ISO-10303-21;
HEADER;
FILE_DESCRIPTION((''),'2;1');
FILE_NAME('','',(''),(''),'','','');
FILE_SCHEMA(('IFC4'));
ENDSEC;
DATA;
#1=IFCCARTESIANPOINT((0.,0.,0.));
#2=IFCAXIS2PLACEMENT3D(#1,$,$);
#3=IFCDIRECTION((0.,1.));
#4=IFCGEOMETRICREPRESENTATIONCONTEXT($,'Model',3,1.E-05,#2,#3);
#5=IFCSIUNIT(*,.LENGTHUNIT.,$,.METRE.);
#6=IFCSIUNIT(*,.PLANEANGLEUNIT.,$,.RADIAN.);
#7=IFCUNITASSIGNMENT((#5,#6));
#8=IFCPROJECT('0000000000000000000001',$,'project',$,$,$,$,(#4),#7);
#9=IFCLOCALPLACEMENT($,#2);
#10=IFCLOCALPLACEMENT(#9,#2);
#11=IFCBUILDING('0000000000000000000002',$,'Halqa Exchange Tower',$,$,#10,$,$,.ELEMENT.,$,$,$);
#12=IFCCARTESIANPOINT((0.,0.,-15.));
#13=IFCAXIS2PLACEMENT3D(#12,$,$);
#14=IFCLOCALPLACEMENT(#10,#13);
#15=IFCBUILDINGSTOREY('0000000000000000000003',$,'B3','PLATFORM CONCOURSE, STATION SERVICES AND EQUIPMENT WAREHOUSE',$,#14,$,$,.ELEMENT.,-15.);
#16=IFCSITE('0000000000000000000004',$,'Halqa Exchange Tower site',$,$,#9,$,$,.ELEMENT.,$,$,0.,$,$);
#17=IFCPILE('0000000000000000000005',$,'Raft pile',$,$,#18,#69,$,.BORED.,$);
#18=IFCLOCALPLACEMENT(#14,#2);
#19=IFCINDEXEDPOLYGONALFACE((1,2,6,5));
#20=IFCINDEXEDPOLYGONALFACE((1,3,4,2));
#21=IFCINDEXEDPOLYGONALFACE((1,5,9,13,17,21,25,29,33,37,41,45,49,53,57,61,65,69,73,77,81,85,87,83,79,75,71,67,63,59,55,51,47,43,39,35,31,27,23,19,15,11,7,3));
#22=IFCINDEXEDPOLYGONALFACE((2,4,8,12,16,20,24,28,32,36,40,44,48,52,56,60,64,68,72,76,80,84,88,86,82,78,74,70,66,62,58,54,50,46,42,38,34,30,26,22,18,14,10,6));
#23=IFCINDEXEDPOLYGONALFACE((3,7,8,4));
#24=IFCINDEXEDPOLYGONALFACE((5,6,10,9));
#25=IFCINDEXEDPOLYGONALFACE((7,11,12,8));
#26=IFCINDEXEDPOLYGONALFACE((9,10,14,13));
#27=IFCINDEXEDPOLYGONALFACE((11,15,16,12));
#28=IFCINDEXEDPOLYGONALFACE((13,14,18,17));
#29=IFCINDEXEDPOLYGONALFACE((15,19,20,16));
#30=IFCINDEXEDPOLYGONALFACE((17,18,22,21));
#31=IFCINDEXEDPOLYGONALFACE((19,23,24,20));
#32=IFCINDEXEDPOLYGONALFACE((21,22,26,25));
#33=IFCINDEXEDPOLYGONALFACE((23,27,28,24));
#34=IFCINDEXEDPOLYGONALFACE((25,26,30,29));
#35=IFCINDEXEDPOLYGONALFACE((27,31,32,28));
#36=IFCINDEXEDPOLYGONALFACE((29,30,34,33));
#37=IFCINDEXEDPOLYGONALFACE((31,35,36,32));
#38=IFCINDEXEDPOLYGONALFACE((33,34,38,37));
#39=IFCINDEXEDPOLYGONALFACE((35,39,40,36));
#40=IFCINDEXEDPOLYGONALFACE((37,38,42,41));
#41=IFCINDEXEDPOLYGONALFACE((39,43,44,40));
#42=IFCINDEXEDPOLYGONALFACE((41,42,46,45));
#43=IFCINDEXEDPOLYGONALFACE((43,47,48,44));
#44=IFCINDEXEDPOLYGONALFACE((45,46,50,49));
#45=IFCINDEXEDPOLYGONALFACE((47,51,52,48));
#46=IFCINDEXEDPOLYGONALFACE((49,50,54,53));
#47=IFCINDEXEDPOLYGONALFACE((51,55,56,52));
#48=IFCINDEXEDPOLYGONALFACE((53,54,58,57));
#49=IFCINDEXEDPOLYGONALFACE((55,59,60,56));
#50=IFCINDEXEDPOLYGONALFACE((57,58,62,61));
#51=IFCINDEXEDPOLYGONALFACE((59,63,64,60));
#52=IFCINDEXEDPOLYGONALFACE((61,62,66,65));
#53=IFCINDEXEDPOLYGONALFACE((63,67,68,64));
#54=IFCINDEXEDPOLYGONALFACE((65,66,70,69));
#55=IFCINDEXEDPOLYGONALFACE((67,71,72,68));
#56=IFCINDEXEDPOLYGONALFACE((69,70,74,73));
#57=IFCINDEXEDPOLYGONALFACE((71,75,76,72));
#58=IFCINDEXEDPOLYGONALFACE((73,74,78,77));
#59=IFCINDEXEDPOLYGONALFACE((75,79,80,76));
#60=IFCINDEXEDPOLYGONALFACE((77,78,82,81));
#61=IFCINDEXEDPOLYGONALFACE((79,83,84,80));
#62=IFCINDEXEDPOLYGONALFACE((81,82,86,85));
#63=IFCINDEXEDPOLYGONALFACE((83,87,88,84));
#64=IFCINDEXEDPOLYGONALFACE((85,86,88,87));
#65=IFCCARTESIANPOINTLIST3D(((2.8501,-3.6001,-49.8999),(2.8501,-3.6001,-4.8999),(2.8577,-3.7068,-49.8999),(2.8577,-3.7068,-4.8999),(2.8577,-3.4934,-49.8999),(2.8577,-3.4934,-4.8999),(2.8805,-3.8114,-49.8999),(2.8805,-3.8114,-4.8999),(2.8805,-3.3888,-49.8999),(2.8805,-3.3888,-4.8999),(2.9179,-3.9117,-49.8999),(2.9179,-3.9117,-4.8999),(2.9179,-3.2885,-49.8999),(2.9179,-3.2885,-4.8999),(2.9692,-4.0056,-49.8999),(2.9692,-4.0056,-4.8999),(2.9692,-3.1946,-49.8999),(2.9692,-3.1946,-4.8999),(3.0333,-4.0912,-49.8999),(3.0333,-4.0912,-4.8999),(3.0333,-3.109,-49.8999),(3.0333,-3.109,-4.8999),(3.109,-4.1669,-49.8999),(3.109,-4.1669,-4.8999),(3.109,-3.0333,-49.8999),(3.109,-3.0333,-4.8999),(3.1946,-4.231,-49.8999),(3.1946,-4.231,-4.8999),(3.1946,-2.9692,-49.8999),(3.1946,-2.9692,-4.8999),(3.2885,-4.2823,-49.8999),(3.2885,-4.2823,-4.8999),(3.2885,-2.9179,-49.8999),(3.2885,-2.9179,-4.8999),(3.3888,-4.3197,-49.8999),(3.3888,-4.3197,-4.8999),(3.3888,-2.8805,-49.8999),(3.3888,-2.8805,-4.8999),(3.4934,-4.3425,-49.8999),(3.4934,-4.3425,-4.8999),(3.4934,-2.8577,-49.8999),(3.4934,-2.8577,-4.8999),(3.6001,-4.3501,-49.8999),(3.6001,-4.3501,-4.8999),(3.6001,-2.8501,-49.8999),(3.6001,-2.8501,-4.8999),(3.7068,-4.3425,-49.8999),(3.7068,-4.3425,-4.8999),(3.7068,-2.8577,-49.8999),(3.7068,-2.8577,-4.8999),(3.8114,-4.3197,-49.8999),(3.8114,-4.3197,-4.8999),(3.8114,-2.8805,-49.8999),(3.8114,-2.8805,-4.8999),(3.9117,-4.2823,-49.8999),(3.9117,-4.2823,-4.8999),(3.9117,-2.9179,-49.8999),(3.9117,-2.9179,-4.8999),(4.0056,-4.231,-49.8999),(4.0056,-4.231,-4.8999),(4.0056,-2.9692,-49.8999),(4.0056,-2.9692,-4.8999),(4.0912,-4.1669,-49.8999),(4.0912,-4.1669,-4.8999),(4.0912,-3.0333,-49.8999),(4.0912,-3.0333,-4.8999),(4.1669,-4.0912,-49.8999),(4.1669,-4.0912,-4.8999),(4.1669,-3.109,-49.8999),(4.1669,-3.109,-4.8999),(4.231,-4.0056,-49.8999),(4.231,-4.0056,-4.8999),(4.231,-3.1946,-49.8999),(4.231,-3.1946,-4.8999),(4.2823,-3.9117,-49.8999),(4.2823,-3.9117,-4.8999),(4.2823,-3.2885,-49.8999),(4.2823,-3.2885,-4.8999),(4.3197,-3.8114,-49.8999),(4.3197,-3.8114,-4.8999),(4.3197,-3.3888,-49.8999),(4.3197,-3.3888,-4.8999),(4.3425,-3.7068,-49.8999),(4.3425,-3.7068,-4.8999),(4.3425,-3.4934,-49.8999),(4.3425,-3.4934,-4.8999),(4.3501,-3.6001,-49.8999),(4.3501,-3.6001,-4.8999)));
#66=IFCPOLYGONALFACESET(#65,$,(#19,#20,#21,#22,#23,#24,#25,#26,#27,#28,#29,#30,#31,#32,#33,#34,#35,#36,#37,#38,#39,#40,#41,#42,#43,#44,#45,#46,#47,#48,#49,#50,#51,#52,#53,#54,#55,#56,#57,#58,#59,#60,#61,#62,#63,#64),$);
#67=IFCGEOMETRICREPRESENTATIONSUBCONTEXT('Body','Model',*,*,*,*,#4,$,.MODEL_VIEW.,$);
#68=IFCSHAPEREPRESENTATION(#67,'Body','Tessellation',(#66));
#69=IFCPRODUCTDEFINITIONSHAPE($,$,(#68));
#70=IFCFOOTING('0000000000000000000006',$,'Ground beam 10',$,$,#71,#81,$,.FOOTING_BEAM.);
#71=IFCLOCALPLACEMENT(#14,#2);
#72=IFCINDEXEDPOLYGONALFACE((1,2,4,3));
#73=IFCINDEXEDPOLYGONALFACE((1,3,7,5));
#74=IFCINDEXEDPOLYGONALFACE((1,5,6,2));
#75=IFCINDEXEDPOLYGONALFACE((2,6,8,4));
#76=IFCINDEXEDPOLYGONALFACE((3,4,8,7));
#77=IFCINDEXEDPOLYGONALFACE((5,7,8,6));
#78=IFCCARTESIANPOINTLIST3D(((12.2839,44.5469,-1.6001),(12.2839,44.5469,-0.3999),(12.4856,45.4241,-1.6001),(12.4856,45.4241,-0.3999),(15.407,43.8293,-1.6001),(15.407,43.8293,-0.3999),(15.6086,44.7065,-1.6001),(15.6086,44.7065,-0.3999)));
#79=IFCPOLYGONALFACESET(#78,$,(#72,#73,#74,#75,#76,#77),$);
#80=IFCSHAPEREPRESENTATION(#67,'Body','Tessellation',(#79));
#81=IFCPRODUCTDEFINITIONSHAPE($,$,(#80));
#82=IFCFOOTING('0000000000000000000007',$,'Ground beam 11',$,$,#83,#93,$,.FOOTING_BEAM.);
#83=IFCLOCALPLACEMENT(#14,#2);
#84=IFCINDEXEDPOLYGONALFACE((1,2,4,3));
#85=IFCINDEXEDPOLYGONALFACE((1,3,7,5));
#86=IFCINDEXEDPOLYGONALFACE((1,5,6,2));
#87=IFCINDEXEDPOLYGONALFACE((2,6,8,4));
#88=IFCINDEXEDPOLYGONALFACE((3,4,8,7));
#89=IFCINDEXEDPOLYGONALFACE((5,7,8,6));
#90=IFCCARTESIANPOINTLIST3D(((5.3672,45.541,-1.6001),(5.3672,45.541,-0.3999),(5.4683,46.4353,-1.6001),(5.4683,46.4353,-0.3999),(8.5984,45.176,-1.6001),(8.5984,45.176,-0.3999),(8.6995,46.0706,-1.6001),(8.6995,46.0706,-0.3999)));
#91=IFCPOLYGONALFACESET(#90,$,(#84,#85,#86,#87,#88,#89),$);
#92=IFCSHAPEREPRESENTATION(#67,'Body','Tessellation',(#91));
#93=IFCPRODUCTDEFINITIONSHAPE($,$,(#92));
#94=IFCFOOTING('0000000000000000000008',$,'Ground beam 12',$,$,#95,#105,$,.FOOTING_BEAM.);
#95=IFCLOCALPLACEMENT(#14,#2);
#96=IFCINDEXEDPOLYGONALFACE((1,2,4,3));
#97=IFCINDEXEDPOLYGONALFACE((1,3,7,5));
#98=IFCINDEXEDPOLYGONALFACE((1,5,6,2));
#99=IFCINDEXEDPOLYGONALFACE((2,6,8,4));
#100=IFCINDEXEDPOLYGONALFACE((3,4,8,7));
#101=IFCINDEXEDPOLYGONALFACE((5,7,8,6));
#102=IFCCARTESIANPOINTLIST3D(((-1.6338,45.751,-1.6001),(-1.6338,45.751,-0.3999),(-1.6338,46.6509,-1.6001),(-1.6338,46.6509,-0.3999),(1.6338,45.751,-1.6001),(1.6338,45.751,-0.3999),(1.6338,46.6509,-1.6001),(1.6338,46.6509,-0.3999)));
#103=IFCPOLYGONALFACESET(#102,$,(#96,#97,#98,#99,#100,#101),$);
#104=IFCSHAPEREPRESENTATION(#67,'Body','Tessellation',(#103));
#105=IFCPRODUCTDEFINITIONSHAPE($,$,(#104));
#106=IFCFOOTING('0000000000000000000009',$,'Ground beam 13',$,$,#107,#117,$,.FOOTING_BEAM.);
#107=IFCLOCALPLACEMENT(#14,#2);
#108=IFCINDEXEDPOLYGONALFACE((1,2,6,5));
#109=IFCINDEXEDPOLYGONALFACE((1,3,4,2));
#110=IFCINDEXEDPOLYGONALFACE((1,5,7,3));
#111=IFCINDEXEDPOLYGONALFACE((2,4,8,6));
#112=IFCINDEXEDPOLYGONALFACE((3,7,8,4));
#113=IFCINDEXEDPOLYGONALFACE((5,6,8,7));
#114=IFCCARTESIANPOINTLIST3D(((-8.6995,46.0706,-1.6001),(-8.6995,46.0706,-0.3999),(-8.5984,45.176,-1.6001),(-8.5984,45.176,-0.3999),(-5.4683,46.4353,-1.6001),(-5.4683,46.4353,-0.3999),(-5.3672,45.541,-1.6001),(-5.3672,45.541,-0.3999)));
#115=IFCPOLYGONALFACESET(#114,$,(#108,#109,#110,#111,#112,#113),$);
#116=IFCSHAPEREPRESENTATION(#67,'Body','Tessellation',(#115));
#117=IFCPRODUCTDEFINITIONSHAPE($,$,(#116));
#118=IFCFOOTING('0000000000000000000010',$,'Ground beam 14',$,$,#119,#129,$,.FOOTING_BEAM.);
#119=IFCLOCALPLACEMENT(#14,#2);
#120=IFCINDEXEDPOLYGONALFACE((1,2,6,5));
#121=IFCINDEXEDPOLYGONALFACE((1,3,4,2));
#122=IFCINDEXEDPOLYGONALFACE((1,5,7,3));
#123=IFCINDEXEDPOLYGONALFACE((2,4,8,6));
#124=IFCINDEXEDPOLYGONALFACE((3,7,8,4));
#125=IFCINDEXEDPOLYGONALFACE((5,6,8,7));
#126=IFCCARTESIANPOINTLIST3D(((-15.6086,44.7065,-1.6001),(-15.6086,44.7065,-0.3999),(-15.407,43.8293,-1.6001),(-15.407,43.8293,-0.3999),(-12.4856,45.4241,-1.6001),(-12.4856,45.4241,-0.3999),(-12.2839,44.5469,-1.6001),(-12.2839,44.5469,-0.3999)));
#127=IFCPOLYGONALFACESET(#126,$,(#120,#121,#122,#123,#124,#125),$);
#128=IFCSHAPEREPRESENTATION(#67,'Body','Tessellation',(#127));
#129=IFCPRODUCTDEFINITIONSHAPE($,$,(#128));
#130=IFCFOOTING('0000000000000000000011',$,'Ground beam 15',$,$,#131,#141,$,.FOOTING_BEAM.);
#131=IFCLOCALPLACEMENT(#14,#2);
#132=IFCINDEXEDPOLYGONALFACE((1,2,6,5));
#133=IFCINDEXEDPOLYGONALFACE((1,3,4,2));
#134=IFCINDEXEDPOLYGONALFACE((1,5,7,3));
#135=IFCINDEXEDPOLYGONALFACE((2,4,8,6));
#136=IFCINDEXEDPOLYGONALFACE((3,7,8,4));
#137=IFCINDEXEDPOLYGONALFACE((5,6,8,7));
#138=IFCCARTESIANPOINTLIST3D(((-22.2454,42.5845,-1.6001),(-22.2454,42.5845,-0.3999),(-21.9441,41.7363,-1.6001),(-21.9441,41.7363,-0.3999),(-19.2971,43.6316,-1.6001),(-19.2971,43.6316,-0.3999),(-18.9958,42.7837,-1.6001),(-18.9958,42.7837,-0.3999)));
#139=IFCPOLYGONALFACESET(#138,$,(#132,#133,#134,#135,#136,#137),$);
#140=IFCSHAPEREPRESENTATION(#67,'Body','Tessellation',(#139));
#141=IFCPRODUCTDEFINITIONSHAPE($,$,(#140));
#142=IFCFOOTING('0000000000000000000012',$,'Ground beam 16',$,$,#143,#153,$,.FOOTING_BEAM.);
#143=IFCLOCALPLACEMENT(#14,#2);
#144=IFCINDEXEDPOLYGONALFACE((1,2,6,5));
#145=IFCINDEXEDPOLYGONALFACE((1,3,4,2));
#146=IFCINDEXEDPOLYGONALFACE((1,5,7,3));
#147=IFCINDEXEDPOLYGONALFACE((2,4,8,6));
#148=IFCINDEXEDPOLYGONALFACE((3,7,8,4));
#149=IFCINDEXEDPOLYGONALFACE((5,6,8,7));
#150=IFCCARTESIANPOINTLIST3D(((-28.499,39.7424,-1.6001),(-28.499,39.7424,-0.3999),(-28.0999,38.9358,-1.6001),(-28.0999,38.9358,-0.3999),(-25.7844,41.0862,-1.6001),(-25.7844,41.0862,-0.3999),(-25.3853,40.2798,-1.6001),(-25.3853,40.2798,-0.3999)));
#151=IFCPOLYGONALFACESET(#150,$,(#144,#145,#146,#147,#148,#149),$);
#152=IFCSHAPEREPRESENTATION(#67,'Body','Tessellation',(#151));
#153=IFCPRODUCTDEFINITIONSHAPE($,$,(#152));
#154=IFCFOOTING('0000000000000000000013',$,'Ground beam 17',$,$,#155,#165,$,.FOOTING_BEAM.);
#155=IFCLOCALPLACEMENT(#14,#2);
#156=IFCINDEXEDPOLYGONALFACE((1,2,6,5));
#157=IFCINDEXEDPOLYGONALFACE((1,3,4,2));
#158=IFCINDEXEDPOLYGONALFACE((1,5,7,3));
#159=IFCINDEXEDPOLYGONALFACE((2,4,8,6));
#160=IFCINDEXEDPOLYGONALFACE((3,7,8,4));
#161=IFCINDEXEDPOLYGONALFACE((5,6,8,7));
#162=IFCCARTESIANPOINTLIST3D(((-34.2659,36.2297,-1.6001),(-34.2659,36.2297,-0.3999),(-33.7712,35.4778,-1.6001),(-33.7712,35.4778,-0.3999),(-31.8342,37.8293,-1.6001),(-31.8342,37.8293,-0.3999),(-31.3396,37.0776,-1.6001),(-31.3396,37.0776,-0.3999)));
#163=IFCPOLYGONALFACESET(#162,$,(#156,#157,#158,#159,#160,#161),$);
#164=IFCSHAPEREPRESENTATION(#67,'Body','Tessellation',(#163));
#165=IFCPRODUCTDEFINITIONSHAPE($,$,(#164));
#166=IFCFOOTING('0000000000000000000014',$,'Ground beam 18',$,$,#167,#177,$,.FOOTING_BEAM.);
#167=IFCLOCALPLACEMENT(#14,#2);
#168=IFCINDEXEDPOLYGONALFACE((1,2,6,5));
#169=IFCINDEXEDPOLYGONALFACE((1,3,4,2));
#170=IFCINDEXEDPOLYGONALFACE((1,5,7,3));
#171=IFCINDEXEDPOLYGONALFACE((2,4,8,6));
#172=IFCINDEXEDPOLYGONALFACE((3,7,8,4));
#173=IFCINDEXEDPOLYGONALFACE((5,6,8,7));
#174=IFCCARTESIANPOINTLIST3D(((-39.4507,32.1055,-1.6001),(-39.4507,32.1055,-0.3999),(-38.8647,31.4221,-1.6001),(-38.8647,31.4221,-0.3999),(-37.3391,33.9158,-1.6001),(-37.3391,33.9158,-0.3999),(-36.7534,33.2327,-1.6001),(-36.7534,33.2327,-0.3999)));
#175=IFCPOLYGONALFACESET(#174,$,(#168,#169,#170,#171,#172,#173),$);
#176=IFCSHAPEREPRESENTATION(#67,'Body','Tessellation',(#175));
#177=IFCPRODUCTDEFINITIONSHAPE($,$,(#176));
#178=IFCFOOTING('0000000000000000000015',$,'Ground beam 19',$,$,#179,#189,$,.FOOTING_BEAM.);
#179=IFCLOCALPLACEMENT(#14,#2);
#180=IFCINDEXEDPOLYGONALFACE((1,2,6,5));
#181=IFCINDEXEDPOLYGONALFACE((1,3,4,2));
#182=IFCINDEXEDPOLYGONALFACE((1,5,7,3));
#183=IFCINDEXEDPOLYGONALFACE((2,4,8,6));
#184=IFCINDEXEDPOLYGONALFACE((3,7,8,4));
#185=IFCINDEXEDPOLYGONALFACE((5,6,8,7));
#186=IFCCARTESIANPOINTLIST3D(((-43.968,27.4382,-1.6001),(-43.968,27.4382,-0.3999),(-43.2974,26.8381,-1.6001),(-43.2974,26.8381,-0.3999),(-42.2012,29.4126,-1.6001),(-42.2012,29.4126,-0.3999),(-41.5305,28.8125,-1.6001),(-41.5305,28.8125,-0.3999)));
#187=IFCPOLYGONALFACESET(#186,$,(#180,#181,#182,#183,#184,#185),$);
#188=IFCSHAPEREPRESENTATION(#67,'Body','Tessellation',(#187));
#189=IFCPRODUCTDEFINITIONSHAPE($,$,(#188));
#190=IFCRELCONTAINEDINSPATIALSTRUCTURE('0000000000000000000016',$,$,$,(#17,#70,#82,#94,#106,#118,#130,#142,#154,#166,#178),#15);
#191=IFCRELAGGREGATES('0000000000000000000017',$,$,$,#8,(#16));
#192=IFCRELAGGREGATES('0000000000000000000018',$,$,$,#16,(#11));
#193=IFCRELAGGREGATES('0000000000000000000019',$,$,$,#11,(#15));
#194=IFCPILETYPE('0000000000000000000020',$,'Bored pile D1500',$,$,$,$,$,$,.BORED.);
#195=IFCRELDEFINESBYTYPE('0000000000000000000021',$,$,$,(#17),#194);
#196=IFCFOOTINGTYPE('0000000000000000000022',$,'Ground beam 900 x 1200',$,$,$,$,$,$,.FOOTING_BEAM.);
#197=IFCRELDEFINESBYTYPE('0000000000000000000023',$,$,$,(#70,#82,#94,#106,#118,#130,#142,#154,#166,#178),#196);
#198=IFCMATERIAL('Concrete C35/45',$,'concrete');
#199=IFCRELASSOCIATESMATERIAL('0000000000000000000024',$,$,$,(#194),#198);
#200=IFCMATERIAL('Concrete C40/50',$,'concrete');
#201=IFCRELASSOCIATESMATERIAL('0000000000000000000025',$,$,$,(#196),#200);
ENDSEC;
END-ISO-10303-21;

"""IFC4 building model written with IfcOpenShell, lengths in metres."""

from ifc_helpers import new_model, si_unit, direction, frame, origin, origin_2d, place, context, subcontext, project, spatial, polyline, circle, outline, extrude, material, material_profile, profile_set, type_object, element, save


model = new_model("IFC4")

# Units and contexts
model_context = context("Model", 3, precision=1e-05, world=origin(), true_north=direction((0.0, 1.0)))
body_context = subcontext(model_context, "Body", "Model", "MODEL_VIEW")
ifc_project = project(units=[si_unit("LENGTHUNIT", "METRE"), si_unit("PLANEANGLEUNIT", "RADIAN")], contexts=[model_context])

# Site, building, storey
site_placement = place(None, origin())
site = spatial("IfcSite", under=ifc_project, at=site_placement, Name="Halqa Exchange Tower site", CompositionType="ELEMENT", RefElevation=0.0)
building_placement = place(site_placement, origin())
building = spatial("IfcBuilding", under=site, at=building_placement, Name="Halqa Exchange Tower", CompositionType="ELEMENT")
storey_placement = place(building_placement, frame((0.0, 0.0, -15.0)))
storey = spatial("IfcBuildingStorey", under=building, at=storey_placement, Name="B3", Description="PLATFORM CONCOURSE, STATION SERVICES AND EQUIPMENT WAREHOUSE", CompositionType="ELEMENT", Elevation=-15.0)

# Pile
ifc_material_1 = material(Name="Concrete C35/45", Category="concrete")
ifc_material_profile = material_profile(ifc_material_1, circle(Radius=0.75, at=origin_2d()), Name="D1500")
ifc_profile_set = profile_set([ifc_material_profile], Name="Concrete C35/45")
pile_type = type_object("IfcPileType", Name="Bored pile D1500", PredefinedType="BORED", material=ifc_profile_set)
for number, where, z_axis, x_axis, name in (
    (1, (3.6001, -3.6001, -4.8999), (0.0, 0.0, -1.0), (1.0, 0.0, 0.0), "Raft pile"),
):
    element("IfcPile", number, at=place(storey_placement, frame(where, z_axis=z_axis, x_axis=x_axis)), inside=storey, type_object=pile_type, Name=name, PredefinedType="BORED", context=body_context, shape_type="SweptSolid", body=[
        extrude(circle(Radius=0.75, at=origin_2d()), origin(), (0.0, 0.0, 1.0), 45.0),
    ])

# Footings
ifc_material_2 = material(Name="Concrete C40/50", Category="concrete")
footing_type = type_object("IfcFootingType", Name="Ground beam 900 x 1200", PredefinedType="FOOTING_BEAM", material=ifc_material_2)
footing_1_placement = place(storey_placement, frame((0.0, 0.0, -1.6001)))
element("IfcFooting", 2, at=footing_1_placement, inside=storey, type_object=footing_type, Name="Ground beam 10", PredefinedType="FOOTING_BEAM", context=body_context, shape_type="SweptSolid", body=[
    extrude(outline(polyline([(15.407, 43.8293), (12.2839, 44.5469), (12.4856, 45.4241), (15.6086, 44.7065), (15.407, 43.8293)])), origin(), (0.0, 0.0, 1.0), 1.2002),
])
footing_2_placement = place(storey_placement, frame((0.0, 0.0, -1.6001)))
element("IfcFooting", 3, at=footing_2_placement, inside=storey, type_object=footing_type, Name="Ground beam 11", PredefinedType="FOOTING_BEAM", context=body_context, shape_type="SweptSolid", body=[
    extrude(outline(polyline([(8.5984, 45.176), (5.3672, 45.541), (5.4683, 46.4353), (8.6995, 46.0706), (8.5984, 45.176)])), origin(), (0.0, 0.0, 1.0), 1.2002),
])
footing_3_placement = place(storey_placement, frame((0.0, 0.0, -1.6001)))
element("IfcFooting", 4, at=footing_3_placement, inside=storey, type_object=footing_type, Name="Ground beam 12", PredefinedType="FOOTING_BEAM", context=body_context, shape_type="SweptSolid", body=[
    extrude(outline(polyline([(1.6338, 45.751), (-1.6338, 45.751), (-1.6338, 46.6509), (1.6338, 46.6509), (1.6338, 45.751)])), origin(), (0.0, 0.0, 1.0), 1.2002),
])
footing_4_placement = place(storey_placement, frame((0.0, 0.0, -1.6001)))
element("IfcFooting", 5, at=footing_4_placement, inside=storey, type_object=footing_type, Name="Ground beam 13", PredefinedType="FOOTING_BEAM", context=body_context, shape_type="SweptSolid", body=[
    extrude(outline(polyline([(-5.3672, 45.541), (-8.5984, 45.176), (-8.6995, 46.0706), (-5.4683, 46.4353), (-5.3672, 45.541)])), origin(), (0.0, 0.0, 1.0), 1.2002),
])
footing_5_placement = place(storey_placement, frame((0.0, 0.0, -1.6001)))
element("IfcFooting", 6, at=footing_5_placement, inside=storey, type_object=footing_type, Name="Ground beam 14", PredefinedType="FOOTING_BEAM", context=body_context, shape_type="SweptSolid", body=[
    extrude(outline(polyline([(-12.2839, 44.5469), (-15.407, 43.8293), (-15.6086, 44.7065), (-12.4856, 45.4241), (-12.2839, 44.5469)])), origin(), (0.0, 0.0, 1.0), 1.2002),
])
footing_6_placement = place(storey_placement, frame((0.0, 0.0, -1.6001)))
element("IfcFooting", 7, at=footing_6_placement, inside=storey, type_object=footing_type, Name="Ground beam 15", PredefinedType="FOOTING_BEAM", context=body_context, shape_type="SweptSolid", body=[
    extrude(outline(polyline([(-18.9958, 42.7837), (-21.9441, 41.7363), (-22.2454, 42.5845), (-19.2971, 43.6316), (-18.9958, 42.7837)])), origin(), (0.0, 0.0, 1.0), 1.2002),
])
footing_7_placement = place(storey_placement, frame((0.0, 0.0, -1.6001)))
element("IfcFooting", 8, at=footing_7_placement, inside=storey, type_object=footing_type, Name="Ground beam 16", PredefinedType="FOOTING_BEAM", context=body_context, shape_type="SweptSolid", body=[
    extrude(outline(polyline([(-25.3853, 40.2798), (-28.0999, 38.9358), (-28.499, 39.7424), (-25.7844, 41.0862), (-25.3853, 40.2798)])), origin(), (0.0, 0.0, 1.0), 1.2002),
])
footing_8_placement = place(storey_placement, frame((0.0, 0.0, -1.6001)))
element("IfcFooting", 9, at=footing_8_placement, inside=storey, type_object=footing_type, Name="Ground beam 17", PredefinedType="FOOTING_BEAM", context=body_context, shape_type="SweptSolid", body=[
    extrude(outline(polyline([(-31.3396, 37.0776), (-33.7712, 35.4778), (-34.2659, 36.2297), (-31.8342, 37.8293), (-31.3396, 37.0776)])), origin(), (0.0, 0.0, 1.0), 1.2002),
])
footing_9_placement = place(storey_placement, frame((0.0, 0.0, -1.6001)))
element("IfcFooting", 10, at=footing_9_placement, inside=storey, type_object=footing_type, Name="Ground beam 18", PredefinedType="FOOTING_BEAM", context=body_context, shape_type="SweptSolid", body=[
    extrude(outline(polyline([(-36.7534, 33.2327), (-38.8647, 31.4221), (-39.4507, 32.1055), (-37.3391, 33.9158), (-36.7534, 33.2327)])), origin(), (0.0, 0.0, 1.0), 1.2002),
])
footing_10_placement = place(storey_placement, frame((0.0, 0.0, -1.6001)))
element("IfcFooting", 11, at=footing_10_placement, inside=storey, type_object=footing_type, Name="Ground beam 19", PredefinedType="FOOTING_BEAM", context=body_context, shape_type="SweptSolid", body=[
    extrude(outline(polyline([(-41.5305, 28.8125), (-43.2974, 26.8381), (-43.968, 27.4382), (-42.2012, 29.4126), (-41.5305, 28.8125)])), origin(), (0.0, 0.0, 1.0), 1.2002),
])

save(model, "model.ifc")
